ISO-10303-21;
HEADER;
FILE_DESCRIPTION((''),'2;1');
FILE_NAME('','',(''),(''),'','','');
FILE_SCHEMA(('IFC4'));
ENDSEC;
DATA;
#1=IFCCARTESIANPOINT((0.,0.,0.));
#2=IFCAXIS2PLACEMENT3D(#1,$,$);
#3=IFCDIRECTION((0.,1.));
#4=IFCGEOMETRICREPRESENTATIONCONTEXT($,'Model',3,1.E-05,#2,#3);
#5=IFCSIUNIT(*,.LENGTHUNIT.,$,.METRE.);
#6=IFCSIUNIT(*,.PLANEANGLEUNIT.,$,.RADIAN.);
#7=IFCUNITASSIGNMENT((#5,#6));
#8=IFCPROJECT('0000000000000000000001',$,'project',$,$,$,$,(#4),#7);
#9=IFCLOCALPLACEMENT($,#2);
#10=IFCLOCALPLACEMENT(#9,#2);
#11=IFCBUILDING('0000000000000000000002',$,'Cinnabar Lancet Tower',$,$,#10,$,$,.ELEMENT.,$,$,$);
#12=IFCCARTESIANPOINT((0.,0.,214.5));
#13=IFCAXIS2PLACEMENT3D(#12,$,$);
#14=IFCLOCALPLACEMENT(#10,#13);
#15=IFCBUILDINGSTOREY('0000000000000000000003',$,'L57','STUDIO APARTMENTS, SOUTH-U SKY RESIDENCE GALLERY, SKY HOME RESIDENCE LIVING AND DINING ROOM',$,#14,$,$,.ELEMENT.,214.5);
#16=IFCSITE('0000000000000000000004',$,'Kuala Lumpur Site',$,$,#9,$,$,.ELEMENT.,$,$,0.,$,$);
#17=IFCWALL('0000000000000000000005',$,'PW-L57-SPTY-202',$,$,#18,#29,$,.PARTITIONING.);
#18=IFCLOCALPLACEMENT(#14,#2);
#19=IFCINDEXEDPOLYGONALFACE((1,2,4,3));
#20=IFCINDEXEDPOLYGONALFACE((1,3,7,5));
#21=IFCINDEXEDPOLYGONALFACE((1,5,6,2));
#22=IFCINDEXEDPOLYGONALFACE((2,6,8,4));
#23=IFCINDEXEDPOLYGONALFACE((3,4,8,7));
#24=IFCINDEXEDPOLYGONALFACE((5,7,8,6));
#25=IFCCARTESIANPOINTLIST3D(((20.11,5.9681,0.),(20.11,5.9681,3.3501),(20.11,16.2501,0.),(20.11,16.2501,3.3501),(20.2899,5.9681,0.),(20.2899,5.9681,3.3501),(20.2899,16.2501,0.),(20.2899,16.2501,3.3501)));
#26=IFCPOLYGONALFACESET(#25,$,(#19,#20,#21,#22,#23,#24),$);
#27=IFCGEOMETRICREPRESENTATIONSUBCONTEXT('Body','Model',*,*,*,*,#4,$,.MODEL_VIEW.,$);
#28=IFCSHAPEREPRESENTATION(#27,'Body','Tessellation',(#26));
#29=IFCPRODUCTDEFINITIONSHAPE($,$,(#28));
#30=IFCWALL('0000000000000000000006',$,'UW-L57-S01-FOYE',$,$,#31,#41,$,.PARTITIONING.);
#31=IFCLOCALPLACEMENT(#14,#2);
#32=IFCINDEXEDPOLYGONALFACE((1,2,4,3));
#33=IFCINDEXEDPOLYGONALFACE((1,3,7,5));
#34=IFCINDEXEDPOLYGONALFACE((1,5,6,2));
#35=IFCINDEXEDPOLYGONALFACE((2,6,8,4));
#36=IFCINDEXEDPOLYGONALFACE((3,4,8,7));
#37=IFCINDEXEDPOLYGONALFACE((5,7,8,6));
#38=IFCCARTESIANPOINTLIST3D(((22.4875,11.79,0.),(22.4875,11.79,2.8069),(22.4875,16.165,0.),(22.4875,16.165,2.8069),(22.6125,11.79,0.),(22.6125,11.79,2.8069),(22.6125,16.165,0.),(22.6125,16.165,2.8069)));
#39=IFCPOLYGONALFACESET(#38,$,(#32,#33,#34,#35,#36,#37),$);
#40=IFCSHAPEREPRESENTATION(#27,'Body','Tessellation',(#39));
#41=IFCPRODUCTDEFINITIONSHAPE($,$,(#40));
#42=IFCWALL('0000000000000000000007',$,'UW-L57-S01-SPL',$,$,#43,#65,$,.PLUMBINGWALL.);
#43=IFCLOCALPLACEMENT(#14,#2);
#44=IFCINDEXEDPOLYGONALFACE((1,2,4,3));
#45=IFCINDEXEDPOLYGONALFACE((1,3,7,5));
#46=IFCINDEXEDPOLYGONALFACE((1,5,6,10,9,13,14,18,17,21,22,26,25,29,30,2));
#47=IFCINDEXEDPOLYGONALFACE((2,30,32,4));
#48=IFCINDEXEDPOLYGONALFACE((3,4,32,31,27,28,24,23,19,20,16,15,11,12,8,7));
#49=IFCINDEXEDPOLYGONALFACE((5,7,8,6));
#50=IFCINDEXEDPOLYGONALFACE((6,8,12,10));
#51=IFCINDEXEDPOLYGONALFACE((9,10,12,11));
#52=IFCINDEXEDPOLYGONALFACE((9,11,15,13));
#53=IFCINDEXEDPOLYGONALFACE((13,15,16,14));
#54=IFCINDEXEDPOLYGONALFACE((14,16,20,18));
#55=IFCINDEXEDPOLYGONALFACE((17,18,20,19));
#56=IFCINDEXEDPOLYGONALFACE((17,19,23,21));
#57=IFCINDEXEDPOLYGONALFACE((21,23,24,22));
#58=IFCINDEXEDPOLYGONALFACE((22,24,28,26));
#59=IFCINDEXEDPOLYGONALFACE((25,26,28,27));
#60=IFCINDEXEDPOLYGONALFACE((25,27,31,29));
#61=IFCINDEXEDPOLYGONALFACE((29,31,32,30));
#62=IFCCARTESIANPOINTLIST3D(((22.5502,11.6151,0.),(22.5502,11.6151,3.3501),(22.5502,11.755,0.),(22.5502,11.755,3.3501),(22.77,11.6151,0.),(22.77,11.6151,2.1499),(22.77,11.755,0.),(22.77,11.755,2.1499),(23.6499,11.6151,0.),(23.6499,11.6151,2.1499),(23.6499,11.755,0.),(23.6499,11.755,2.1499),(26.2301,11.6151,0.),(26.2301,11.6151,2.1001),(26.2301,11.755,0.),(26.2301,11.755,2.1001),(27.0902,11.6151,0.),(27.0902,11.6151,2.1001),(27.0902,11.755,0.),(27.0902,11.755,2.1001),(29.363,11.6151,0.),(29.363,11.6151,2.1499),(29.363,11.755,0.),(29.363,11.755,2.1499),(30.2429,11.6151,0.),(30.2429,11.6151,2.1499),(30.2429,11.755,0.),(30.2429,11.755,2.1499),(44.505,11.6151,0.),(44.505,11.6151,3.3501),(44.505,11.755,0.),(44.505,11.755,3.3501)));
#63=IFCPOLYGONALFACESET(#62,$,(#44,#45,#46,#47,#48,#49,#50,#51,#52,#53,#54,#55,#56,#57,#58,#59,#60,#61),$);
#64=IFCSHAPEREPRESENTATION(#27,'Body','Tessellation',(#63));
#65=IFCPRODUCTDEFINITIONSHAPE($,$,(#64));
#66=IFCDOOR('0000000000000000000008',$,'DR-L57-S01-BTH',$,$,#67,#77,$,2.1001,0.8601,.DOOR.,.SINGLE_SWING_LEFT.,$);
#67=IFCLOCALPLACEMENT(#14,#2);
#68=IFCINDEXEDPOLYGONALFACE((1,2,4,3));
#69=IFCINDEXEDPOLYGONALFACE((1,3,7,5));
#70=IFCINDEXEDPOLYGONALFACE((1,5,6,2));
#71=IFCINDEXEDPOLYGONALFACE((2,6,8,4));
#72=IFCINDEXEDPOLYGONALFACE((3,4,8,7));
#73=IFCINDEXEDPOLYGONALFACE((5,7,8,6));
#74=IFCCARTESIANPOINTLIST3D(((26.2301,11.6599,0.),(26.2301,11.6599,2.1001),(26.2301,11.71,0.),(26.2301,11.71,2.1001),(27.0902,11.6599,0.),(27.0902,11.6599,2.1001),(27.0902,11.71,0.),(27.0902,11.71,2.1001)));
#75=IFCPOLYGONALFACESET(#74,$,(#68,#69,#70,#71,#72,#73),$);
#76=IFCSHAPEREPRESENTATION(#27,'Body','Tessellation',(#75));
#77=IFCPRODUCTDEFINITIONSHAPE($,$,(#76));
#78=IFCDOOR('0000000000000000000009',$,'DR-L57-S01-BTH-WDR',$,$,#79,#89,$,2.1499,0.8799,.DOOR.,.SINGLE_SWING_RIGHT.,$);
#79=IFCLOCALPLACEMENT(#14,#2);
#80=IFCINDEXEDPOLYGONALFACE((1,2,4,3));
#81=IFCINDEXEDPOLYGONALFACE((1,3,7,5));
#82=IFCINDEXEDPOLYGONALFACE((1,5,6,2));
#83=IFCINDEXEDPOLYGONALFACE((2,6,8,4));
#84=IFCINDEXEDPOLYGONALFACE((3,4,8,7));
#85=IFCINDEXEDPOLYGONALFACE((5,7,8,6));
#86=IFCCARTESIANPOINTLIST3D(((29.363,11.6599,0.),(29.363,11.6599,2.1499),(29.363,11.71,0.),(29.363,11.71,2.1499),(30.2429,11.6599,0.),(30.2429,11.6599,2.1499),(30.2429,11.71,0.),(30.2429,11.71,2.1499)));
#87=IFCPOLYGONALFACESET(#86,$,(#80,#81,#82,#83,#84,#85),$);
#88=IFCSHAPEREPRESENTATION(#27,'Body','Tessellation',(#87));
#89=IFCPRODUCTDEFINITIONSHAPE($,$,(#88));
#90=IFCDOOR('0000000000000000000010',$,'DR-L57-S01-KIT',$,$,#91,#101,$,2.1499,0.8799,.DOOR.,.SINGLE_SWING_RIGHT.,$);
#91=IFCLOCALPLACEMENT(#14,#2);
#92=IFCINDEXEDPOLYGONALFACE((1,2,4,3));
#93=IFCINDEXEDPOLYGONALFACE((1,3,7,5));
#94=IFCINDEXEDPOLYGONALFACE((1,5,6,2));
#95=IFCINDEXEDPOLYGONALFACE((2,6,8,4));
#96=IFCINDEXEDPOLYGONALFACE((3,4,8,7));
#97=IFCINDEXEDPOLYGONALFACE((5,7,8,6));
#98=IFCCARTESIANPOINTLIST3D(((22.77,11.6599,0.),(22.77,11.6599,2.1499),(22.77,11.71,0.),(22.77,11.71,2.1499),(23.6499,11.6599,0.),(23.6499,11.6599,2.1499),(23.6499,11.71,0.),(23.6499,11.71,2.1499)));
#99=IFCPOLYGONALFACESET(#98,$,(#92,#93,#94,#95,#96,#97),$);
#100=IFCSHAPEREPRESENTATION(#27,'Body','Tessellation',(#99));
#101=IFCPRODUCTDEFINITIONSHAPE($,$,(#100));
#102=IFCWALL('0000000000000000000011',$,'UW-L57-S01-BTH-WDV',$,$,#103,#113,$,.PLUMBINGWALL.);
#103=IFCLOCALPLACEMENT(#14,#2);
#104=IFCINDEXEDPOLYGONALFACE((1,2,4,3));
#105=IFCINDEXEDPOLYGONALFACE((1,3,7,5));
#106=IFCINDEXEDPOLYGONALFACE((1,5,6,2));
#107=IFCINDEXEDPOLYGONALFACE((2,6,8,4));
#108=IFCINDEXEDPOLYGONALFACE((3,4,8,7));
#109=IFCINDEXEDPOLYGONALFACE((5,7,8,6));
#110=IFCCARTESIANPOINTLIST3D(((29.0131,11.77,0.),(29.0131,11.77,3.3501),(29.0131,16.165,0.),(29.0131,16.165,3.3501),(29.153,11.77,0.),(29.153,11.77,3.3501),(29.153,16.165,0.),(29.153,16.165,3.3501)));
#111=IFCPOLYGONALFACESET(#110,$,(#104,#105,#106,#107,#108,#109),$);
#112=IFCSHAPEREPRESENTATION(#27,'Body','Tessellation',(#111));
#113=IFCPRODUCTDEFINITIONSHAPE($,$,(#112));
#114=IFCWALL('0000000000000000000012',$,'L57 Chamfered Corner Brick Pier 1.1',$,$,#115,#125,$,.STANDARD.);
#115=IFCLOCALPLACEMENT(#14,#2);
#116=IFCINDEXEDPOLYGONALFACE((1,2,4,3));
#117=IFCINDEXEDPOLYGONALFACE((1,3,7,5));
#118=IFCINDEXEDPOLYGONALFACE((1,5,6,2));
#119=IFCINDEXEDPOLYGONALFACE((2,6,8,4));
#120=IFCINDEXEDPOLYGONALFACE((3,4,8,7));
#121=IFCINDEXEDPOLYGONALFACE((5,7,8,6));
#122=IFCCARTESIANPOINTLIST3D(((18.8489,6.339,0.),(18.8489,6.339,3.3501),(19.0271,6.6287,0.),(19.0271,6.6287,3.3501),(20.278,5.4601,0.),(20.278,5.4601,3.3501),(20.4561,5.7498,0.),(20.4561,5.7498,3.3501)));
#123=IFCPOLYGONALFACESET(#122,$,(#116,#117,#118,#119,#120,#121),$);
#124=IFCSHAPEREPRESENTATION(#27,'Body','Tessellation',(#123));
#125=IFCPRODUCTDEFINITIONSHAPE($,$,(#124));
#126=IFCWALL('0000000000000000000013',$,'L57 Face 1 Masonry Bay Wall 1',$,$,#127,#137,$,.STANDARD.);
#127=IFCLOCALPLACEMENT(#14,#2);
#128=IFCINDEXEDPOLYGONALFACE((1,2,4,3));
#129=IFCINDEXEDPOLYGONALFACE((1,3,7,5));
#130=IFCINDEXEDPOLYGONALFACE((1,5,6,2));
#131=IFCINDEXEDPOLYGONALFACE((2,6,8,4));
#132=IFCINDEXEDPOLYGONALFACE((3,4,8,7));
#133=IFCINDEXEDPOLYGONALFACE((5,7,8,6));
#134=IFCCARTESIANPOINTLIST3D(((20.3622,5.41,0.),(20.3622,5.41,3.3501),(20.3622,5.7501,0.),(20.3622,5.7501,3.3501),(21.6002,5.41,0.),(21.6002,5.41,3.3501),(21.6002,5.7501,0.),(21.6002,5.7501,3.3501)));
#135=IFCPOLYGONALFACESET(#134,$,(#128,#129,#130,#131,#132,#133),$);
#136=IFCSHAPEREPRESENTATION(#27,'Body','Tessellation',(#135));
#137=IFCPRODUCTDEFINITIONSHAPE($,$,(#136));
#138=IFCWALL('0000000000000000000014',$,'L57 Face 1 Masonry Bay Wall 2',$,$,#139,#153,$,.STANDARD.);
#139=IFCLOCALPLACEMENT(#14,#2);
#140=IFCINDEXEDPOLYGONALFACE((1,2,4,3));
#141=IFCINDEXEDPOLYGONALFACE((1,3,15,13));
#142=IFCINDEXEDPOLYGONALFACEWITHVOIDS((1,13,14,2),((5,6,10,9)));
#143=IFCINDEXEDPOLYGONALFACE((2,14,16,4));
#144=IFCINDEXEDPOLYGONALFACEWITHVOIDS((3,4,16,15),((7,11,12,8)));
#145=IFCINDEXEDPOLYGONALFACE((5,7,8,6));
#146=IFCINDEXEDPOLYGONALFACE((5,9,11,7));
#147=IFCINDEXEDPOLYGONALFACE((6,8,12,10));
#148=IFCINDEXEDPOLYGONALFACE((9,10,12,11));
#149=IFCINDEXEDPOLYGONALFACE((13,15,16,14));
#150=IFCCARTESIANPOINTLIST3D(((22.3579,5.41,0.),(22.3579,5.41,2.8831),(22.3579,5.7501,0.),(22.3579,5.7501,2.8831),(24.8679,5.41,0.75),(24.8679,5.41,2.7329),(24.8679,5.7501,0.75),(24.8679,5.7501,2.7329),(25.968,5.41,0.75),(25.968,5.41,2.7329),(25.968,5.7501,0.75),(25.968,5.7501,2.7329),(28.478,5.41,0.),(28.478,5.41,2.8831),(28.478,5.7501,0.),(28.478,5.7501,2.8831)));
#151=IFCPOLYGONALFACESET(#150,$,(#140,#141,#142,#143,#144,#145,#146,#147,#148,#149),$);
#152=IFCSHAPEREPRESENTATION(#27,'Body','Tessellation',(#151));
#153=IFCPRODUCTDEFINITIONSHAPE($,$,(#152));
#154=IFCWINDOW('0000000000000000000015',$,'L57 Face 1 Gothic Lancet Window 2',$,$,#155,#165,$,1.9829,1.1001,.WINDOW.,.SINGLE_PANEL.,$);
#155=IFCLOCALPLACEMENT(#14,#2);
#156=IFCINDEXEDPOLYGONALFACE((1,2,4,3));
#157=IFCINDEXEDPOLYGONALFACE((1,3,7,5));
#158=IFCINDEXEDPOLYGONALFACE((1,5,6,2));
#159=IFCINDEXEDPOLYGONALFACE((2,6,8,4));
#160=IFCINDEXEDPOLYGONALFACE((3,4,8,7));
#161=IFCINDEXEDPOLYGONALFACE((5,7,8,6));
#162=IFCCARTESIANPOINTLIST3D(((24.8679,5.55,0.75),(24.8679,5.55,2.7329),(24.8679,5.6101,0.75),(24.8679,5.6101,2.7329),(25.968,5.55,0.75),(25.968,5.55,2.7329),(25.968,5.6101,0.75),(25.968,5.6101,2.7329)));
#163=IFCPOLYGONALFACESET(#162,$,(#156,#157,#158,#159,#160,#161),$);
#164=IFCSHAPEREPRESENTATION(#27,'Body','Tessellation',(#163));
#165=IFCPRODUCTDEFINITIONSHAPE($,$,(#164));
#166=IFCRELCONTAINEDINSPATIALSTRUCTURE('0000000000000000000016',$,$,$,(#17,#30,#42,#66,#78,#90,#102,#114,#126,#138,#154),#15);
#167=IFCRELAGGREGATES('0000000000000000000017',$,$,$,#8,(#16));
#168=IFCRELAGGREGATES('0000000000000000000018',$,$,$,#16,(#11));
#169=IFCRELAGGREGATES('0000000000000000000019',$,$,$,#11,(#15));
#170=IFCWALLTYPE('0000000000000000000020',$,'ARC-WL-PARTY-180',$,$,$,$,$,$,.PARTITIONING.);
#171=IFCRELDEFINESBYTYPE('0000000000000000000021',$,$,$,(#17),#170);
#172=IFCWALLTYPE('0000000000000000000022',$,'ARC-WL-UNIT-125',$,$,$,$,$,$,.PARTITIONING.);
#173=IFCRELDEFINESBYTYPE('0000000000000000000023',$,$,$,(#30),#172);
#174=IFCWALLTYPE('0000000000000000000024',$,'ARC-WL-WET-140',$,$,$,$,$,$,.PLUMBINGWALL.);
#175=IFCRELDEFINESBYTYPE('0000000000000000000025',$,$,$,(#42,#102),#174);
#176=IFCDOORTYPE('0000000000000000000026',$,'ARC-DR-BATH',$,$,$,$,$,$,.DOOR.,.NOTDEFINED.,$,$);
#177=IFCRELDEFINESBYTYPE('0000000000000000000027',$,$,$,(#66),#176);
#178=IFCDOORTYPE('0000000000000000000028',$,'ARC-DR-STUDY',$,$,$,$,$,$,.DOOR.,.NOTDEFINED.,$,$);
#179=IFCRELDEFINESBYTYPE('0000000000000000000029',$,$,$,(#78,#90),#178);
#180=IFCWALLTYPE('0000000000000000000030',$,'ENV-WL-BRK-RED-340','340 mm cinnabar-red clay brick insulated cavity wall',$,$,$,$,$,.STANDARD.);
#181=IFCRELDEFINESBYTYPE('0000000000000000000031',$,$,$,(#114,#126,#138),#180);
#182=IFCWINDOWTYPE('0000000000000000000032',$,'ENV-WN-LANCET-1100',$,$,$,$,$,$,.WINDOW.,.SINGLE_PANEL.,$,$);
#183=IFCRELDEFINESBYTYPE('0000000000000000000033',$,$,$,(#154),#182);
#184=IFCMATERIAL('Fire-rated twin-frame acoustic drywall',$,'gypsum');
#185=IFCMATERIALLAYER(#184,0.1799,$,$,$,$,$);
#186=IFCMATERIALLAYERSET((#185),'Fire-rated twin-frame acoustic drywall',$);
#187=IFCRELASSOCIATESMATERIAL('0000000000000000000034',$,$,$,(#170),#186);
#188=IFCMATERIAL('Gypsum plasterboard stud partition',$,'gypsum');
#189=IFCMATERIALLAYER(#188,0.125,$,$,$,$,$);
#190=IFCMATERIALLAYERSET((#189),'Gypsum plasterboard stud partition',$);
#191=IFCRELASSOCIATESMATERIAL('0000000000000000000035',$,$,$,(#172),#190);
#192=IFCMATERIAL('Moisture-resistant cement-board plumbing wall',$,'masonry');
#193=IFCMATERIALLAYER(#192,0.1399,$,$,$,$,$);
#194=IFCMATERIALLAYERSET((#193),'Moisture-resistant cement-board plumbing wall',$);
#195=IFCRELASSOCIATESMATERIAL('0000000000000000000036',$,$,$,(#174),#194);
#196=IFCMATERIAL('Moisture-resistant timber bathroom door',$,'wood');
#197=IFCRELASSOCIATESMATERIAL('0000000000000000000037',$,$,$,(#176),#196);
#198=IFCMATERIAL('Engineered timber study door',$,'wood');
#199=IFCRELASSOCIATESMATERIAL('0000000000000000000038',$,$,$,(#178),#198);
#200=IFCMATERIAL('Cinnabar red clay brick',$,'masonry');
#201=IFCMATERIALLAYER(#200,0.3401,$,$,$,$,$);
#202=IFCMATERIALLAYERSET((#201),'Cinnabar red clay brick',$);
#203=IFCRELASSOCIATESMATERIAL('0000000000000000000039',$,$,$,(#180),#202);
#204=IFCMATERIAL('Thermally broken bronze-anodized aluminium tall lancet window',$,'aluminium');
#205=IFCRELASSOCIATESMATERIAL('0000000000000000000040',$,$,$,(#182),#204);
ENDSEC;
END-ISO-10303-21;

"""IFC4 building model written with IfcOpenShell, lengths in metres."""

from ifc_helpers import new_model, si_unit, direction, frame, frame_2d, origin, place, context, subcontext, project, spatial, rectangle, extrude, material, layer, layer_set, type_object, element, fill, save


model = new_model("IFC4")

# Units and contexts
model_context = context("Model", 3, precision=1e-05, world=origin(), true_north=direction((0.0, 1.0)))
body_context = subcontext(model_context, "Body", "Model", "MODEL_VIEW")
ifc_project = project(units=[si_unit("LENGTHUNIT", "METRE"), si_unit("PLANEANGLEUNIT", "RADIAN")], contexts=[model_context])

# Site, building, storey
site_placement = place(None, origin())
site = spatial("IfcSite", under=ifc_project, at=site_placement, Name="Kuala Lumpur Site", CompositionType="ELEMENT", RefElevation=0.0)
building_placement = place(site_placement, origin())
building = spatial("IfcBuilding", under=site, at=building_placement, Name="Cinnabar Lancet Tower", CompositionType="ELEMENT")
storey_placement = place(building_placement, frame((0.0, 0.0, 214.5)))
storey = spatial("IfcBuildingStorey", under=building, at=storey_placement, Name="L57", Description="STUDIO APARTMENTS, SOUTH-U SKY RESIDENCE GALLERY, SKY HOME RESIDENCE LIVING AND DINING ROOM", CompositionType="ELEMENT", Elevation=214.5)

# Walls
ifc_material_1 = material(Name="Fire-rated twin-frame acoustic drywall", Category="gypsum")
ifc_layer_1 = layer(ifc_material_1, 0.1799)
ifc_layer_set_1 = layer_set([ifc_layer_1], Name="Fire-rated twin-frame acoustic drywall")
wall_type_1 = type_object("IfcWallType", Name="ARC-WL-PARTY-180", PredefinedType="PARTITIONING", material=ifc_layer_set_1)
wall_1_placement = place(storey_placement, frame((20.2, 5.968, 0.0), z_axis=(0.0, 0.0, 1.0), x_axis=(0.0, 1.0, 0.0)))
element("IfcWall", 1, at=wall_1_placement, inside=storey, type_object=wall_type_1, Name="PW-L57-SPTY-202", PredefinedType="PARTITIONING", context=body_context, shape_type="SweptSolid", body=[
    extrude(rectangle(XDim=10.282, YDim=0.1799, at=frame_2d((5.1411, 0.0))), origin(), (0.0, 0.0, 1.0), 3.3501),
])
ifc_material_2 = material(Name="Gypsum plasterboard stud partition", Category="gypsum")
ifc_layer_2 = layer(ifc_material_2, 0.125)
ifc_layer_set_2 = layer_set([ifc_layer_2], Name="Gypsum plasterboard stud partition")
wall_type_2 = type_object("IfcWallType", Name="ARC-WL-UNIT-125", PredefinedType="PARTITIONING", material=ifc_layer_set_2)
wall_2_placement = place(storey_placement, frame((22.55, 11.79, 0.0), z_axis=(0.0, 0.0, 1.0), x_axis=(0.0, 1.0, 0.0)))
element("IfcWall", 2, at=wall_2_placement, inside=storey, type_object=wall_type_2, Name="UW-L57-S01-FOYE", PredefinedType="PARTITIONING", context=body_context, shape_type="SweptSolid", body=[
    extrude(rectangle(XDim=4.375, YDim=0.125, at=frame_2d((2.1875, 0.0))), origin(), (0.0, 0.0, 1.0), 2.8069),
])

# Wall, openings, doors
ifc_material_3 = material(Name="Moisture-resistant cement-board plumbing wall", Category="masonry")
ifc_layer_3 = layer(ifc_material_3, 0.1399)
ifc_layer_set_3 = layer_set([ifc_layer_3], Name="Moisture-resistant cement-board plumbing wall")
wall_type_3 = type_object("IfcWallType", Name="ARC-WL-WET-140", PredefinedType="PLUMBINGWALL", material=ifc_layer_set_3)
wall_3_placement = place(storey_placement, frame((22.55, 11.6851, 0.0), z_axis=(0.0, 0.0, 1.0), x_axis=(1.0, 0.0, 0.0)))
wall_3 = element("IfcWall", 3, at=wall_3_placement, inside=storey, type_object=wall_type_3, Name="UW-L57-S01-SPL", PredefinedType="PLUMBINGWALL", context=body_context, shape_type="SweptSolid", body=[
    extrude(rectangle(XDim=21.9548, YDim=0.1399, at=frame_2d((10.9775, 0.0))), origin(), (0.0, 0.0, 1.0), 3.3501),
])
opening_1_placement = place(wall_3_placement, frame((3.6799, 0.0, 0.0)))
opening_1 = element("IfcOpeningElement", 4, at=opening_1_placement, cuts=wall_3, PredefinedType="OPENING", context=body_context, shape_type="SweptSolid", body=[
    extrude(rectangle(XDim=0.8601, YDim=2.1001, at=frame_2d((0.4302, 1.05))), frame((0.0, 0.0798, 0.0), z_axis=(0.0, -1.0, 0.0), x_axis=(1.0, 0.0, 0.0)), (0.0, 0.0, 1.0), 0.1599),
])
opening_2_placement = place(wall_3_placement, frame((6.813, 0.0, 0.0)))
opening_2 = element("IfcOpeningElement", 5, at=opening_2_placement, cuts=wall_3, PredefinedType="OPENING", context=body_context, shape_type="SweptSolid", body=[
    extrude(rectangle(XDim=0.8799, YDim=2.1499, at=frame_2d((0.4399, 1.075))), frame((0.0, 0.0798, 0.0), z_axis=(0.0, -1.0, 0.0), x_axis=(1.0, 0.0, 0.0)), (0.0, 0.0, 1.0), 0.1599),
])
opening_3_placement = place(wall_3_placement, frame((0.22, 0.0, 0.0)))
opening_3 = element("IfcOpeningElement", 6, at=opening_3_placement, cuts=wall_3, PredefinedType="OPENING", context=body_context, shape_type="SweptSolid", body=[
    extrude(rectangle(XDim=0.8799, YDim=2.1499, at=frame_2d((0.4399, 1.075))), frame((0.0, 0.0798, 0.0), z_axis=(0.0, -1.0, 0.0), x_axis=(1.0, 0.0, 0.0)), (0.0, 0.0, 1.0), 0.1599),
])
ifc_material_4 = material(Name="Moisture-resistant timber bathroom door", Category="wood")
door_type_1 = type_object("IfcDoorType", Name="ARC-DR-BATH", OperationType="NOTDEFINED", PredefinedType="DOOR", material=ifc_material_4)
door_1_placement = place(opening_1_placement, origin())
door_1 = element("IfcDoor", 7, at=door_1_placement, inside=storey, type_object=door_type_1, Name="DR-L57-S01-BTH", OperationType="SINGLE_SWING_LEFT", OverallHeight=2.1001, OverallWidth=0.8601, PredefinedType="DOOR", context=body_context, shape_type="SweptSolid", body=[
    extrude(rectangle(XDim=0.8601, YDim=2.1001, at=frame_2d((0.4302, 1.05))), frame((0.0, 0.0249, 0.0), z_axis=(0.0, -1.0, 0.0), x_axis=(1.0, 0.0, 0.0)), (0.0, 0.0, 1.0), 0.05),
])
fill(opening_1, door_1)
ifc_material_5 = material(Name="Engineered timber study door", Category="wood")
door_type_2 = type_object("IfcDoorType", Name="ARC-DR-STUDY", OperationType="NOTDEFINED", PredefinedType="DOOR", material=ifc_material_5)
door_2_placement = place(opening_2_placement, origin())
door_2 = element("IfcDoor", 8, at=door_2_placement, inside=storey, type_object=door_type_2, Name="DR-L57-S01-BTH-WDR", OperationType="SINGLE_SWING_RIGHT", OverallHeight=2.1499, OverallWidth=0.8799, PredefinedType="DOOR", context=body_context, shape_type="SweptSolid", body=[
    extrude(rectangle(XDim=0.8799, YDim=2.1499, at=frame_2d((0.4399, 1.075))), frame((0.0, 0.0249, 0.0), z_axis=(0.0, -1.0, 0.0), x_axis=(1.0, 0.0, 0.0)), (0.0, 0.0, 1.0), 0.05),
])
fill(opening_2, door_2)
door_3_placement = place(opening_3_placement, origin())
door_3 = element("IfcDoor", 9, at=door_3_placement, inside=storey, type_object=door_type_2, Name="DR-L57-S01-KIT", OperationType="SINGLE_SWING_RIGHT", OverallHeight=2.1499, OverallWidth=0.8799, PredefinedType="DOOR", context=body_context, shape_type="SweptSolid", body=[
    extrude(rectangle(XDim=0.8799, YDim=2.1499, at=frame_2d((0.4399, 1.075))), frame((0.0, 0.0249, 0.0), z_axis=(0.0, -1.0, 0.0), x_axis=(1.0, 0.0, 0.0)), (0.0, 0.0, 1.0), 0.05),
])
fill(opening_3, door_3)

# Walls
wall_4_placement = place(storey_placement, frame((29.083, 11.77, 0.0), z_axis=(0.0, 0.0, 1.0), x_axis=(0.0, 1.0, 0.0)))
element("IfcWall", 10, at=wall_4_placement, inside=storey, type_object=wall_type_3, Name="UW-L57-S01-BTH-WDV", PredefinedType="PLUMBINGWALL", context=body_context, shape_type="SweptSolid", body=[
    extrude(rectangle(XDim=4.395, YDim=0.1399, at=frame_2d((2.1975, 0.0))), origin(), (0.0, 0.0, 1.0), 3.3501),
])
ifc_material_6 = material(Name="Cinnabar red clay brick", Category="masonry")
ifc_layer_4 = layer(ifc_material_6, 0.3401)
ifc_layer_set_4 = layer_set([ifc_layer_4], Name="Cinnabar red clay brick")
wall_type_4 = type_object("IfcWallType", Name="ENV-WL-BRK-RED-340", Description="340 mm cinnabar-red clay brick insulated cavity wall", PredefinedType="STANDARD", material=ifc_layer_set_4)
wall_5_placement = place(storey_placement, frame((18.938, 6.4839, 0.0), z_axis=(0.0, 0.0, 1.0), x_axis=(0.851778, -0.523903, 0.0)))
element("IfcWall", 11, at=wall_5_placement, inside=storey, type_object=wall_type_4, Name="L57 Chamfered Corner Brick Pier 1.1", PredefinedType="STANDARD", context=body_context, shape_type="SweptSolid", body=[
    extrude(rectangle(XDim=1.6777, YDim=0.3401, at=frame_2d((0.8389, 0.0))), origin(), (0.0, 0.0, 1.0), 3.3501),
])
wall_6_placement = place(storey_placement, frame((20.3621, 5.5801, 0.0), z_axis=(0.0, 0.0, 1.0), x_axis=(1.0, 0.0, 0.0)))
element("IfcWall", 12, at=wall_6_placement, inside=storey, type_object=wall_type_4, Name="L57 Face 1 Masonry Bay Wall 1", PredefinedType="STANDARD", context=body_context, shape_type="SweptSolid", body=[
    extrude(rectangle(XDim=1.238, YDim=0.3401, at=frame_2d((0.6191, 0.0))), origin(), (0.0, 0.0, 1.0), 3.3501),
])

# Wall, opening, window
wall_7_placement = place(storey_placement, frame((22.3579, 5.5801, 0.0), z_axis=(0.0, 0.0, 1.0), x_axis=(1.0, 0.0, 0.0)))
wall_7 = element("IfcWall", 13, at=wall_7_placement, inside=storey, type_object=wall_type_4, Name="L57 Face 1 Masonry Bay Wall 2", PredefinedType="STANDARD", context=body_context, shape_type="SweptSolid", body=[
    extrude(rectangle(XDim=6.1201, YDim=0.3401, at=frame_2d((3.0601, 0.0))), origin(), (0.0, 0.0, 1.0), 2.8831),
])
opening_4_placement = place(wall_7_placement, frame((2.51, 0.0, 0.75)))
opening_4 = element("IfcOpeningElement", 14, at=opening_4_placement, cuts=wall_7, PredefinedType="OPENING", context=body_context, shape_type="SweptSolid", body=[
    extrude(rectangle(XDim=1.1001, YDim=1.9829, at=frame_2d((0.55, 0.9915))), frame((0.0, 0.1799, 0.0), z_axis=(0.0, -1.0, 0.0), x_axis=(1.0, 0.0, 0.0)), (0.0, 0.0, 1.0), 0.3601),
])
ifc_material_7 = material(Name="Thermally broken bronze-anodized aluminium tall lancet window", Category="aluminium")
window_type_1 = type_object("IfcWindowType", Name="ENV-WN-LANCET-1100", PartitioningType="SINGLE_PANEL", PredefinedType="WINDOW", material=ifc_material_7)
window_1_placement = place(opening_4_placement, origin())
window_1 = element("IfcWindow", 15, at=window_1_placement, inside=storey, type_object=window_type_1, Name="L57 Face 1 Gothic Lancet Window 2", OverallHeight=1.9829, OverallWidth=1.1001, PartitioningType="SINGLE_PANEL", PredefinedType="WINDOW", context=body_context, shape_type="SweptSolid", body=[
    extrude(rectangle(XDim=1.1001, YDim=1.9829, at=frame_2d((0.55, 0.9915))), frame((0.0, 0.03, 0.0), z_axis=(0.0, -1.0, 0.0), x_axis=(1.0, 0.0, 0.0)), (0.0, 0.0, 1.0), 0.0601),
])
fill(opening_4, window_1)

save(model, "model.ifc")
